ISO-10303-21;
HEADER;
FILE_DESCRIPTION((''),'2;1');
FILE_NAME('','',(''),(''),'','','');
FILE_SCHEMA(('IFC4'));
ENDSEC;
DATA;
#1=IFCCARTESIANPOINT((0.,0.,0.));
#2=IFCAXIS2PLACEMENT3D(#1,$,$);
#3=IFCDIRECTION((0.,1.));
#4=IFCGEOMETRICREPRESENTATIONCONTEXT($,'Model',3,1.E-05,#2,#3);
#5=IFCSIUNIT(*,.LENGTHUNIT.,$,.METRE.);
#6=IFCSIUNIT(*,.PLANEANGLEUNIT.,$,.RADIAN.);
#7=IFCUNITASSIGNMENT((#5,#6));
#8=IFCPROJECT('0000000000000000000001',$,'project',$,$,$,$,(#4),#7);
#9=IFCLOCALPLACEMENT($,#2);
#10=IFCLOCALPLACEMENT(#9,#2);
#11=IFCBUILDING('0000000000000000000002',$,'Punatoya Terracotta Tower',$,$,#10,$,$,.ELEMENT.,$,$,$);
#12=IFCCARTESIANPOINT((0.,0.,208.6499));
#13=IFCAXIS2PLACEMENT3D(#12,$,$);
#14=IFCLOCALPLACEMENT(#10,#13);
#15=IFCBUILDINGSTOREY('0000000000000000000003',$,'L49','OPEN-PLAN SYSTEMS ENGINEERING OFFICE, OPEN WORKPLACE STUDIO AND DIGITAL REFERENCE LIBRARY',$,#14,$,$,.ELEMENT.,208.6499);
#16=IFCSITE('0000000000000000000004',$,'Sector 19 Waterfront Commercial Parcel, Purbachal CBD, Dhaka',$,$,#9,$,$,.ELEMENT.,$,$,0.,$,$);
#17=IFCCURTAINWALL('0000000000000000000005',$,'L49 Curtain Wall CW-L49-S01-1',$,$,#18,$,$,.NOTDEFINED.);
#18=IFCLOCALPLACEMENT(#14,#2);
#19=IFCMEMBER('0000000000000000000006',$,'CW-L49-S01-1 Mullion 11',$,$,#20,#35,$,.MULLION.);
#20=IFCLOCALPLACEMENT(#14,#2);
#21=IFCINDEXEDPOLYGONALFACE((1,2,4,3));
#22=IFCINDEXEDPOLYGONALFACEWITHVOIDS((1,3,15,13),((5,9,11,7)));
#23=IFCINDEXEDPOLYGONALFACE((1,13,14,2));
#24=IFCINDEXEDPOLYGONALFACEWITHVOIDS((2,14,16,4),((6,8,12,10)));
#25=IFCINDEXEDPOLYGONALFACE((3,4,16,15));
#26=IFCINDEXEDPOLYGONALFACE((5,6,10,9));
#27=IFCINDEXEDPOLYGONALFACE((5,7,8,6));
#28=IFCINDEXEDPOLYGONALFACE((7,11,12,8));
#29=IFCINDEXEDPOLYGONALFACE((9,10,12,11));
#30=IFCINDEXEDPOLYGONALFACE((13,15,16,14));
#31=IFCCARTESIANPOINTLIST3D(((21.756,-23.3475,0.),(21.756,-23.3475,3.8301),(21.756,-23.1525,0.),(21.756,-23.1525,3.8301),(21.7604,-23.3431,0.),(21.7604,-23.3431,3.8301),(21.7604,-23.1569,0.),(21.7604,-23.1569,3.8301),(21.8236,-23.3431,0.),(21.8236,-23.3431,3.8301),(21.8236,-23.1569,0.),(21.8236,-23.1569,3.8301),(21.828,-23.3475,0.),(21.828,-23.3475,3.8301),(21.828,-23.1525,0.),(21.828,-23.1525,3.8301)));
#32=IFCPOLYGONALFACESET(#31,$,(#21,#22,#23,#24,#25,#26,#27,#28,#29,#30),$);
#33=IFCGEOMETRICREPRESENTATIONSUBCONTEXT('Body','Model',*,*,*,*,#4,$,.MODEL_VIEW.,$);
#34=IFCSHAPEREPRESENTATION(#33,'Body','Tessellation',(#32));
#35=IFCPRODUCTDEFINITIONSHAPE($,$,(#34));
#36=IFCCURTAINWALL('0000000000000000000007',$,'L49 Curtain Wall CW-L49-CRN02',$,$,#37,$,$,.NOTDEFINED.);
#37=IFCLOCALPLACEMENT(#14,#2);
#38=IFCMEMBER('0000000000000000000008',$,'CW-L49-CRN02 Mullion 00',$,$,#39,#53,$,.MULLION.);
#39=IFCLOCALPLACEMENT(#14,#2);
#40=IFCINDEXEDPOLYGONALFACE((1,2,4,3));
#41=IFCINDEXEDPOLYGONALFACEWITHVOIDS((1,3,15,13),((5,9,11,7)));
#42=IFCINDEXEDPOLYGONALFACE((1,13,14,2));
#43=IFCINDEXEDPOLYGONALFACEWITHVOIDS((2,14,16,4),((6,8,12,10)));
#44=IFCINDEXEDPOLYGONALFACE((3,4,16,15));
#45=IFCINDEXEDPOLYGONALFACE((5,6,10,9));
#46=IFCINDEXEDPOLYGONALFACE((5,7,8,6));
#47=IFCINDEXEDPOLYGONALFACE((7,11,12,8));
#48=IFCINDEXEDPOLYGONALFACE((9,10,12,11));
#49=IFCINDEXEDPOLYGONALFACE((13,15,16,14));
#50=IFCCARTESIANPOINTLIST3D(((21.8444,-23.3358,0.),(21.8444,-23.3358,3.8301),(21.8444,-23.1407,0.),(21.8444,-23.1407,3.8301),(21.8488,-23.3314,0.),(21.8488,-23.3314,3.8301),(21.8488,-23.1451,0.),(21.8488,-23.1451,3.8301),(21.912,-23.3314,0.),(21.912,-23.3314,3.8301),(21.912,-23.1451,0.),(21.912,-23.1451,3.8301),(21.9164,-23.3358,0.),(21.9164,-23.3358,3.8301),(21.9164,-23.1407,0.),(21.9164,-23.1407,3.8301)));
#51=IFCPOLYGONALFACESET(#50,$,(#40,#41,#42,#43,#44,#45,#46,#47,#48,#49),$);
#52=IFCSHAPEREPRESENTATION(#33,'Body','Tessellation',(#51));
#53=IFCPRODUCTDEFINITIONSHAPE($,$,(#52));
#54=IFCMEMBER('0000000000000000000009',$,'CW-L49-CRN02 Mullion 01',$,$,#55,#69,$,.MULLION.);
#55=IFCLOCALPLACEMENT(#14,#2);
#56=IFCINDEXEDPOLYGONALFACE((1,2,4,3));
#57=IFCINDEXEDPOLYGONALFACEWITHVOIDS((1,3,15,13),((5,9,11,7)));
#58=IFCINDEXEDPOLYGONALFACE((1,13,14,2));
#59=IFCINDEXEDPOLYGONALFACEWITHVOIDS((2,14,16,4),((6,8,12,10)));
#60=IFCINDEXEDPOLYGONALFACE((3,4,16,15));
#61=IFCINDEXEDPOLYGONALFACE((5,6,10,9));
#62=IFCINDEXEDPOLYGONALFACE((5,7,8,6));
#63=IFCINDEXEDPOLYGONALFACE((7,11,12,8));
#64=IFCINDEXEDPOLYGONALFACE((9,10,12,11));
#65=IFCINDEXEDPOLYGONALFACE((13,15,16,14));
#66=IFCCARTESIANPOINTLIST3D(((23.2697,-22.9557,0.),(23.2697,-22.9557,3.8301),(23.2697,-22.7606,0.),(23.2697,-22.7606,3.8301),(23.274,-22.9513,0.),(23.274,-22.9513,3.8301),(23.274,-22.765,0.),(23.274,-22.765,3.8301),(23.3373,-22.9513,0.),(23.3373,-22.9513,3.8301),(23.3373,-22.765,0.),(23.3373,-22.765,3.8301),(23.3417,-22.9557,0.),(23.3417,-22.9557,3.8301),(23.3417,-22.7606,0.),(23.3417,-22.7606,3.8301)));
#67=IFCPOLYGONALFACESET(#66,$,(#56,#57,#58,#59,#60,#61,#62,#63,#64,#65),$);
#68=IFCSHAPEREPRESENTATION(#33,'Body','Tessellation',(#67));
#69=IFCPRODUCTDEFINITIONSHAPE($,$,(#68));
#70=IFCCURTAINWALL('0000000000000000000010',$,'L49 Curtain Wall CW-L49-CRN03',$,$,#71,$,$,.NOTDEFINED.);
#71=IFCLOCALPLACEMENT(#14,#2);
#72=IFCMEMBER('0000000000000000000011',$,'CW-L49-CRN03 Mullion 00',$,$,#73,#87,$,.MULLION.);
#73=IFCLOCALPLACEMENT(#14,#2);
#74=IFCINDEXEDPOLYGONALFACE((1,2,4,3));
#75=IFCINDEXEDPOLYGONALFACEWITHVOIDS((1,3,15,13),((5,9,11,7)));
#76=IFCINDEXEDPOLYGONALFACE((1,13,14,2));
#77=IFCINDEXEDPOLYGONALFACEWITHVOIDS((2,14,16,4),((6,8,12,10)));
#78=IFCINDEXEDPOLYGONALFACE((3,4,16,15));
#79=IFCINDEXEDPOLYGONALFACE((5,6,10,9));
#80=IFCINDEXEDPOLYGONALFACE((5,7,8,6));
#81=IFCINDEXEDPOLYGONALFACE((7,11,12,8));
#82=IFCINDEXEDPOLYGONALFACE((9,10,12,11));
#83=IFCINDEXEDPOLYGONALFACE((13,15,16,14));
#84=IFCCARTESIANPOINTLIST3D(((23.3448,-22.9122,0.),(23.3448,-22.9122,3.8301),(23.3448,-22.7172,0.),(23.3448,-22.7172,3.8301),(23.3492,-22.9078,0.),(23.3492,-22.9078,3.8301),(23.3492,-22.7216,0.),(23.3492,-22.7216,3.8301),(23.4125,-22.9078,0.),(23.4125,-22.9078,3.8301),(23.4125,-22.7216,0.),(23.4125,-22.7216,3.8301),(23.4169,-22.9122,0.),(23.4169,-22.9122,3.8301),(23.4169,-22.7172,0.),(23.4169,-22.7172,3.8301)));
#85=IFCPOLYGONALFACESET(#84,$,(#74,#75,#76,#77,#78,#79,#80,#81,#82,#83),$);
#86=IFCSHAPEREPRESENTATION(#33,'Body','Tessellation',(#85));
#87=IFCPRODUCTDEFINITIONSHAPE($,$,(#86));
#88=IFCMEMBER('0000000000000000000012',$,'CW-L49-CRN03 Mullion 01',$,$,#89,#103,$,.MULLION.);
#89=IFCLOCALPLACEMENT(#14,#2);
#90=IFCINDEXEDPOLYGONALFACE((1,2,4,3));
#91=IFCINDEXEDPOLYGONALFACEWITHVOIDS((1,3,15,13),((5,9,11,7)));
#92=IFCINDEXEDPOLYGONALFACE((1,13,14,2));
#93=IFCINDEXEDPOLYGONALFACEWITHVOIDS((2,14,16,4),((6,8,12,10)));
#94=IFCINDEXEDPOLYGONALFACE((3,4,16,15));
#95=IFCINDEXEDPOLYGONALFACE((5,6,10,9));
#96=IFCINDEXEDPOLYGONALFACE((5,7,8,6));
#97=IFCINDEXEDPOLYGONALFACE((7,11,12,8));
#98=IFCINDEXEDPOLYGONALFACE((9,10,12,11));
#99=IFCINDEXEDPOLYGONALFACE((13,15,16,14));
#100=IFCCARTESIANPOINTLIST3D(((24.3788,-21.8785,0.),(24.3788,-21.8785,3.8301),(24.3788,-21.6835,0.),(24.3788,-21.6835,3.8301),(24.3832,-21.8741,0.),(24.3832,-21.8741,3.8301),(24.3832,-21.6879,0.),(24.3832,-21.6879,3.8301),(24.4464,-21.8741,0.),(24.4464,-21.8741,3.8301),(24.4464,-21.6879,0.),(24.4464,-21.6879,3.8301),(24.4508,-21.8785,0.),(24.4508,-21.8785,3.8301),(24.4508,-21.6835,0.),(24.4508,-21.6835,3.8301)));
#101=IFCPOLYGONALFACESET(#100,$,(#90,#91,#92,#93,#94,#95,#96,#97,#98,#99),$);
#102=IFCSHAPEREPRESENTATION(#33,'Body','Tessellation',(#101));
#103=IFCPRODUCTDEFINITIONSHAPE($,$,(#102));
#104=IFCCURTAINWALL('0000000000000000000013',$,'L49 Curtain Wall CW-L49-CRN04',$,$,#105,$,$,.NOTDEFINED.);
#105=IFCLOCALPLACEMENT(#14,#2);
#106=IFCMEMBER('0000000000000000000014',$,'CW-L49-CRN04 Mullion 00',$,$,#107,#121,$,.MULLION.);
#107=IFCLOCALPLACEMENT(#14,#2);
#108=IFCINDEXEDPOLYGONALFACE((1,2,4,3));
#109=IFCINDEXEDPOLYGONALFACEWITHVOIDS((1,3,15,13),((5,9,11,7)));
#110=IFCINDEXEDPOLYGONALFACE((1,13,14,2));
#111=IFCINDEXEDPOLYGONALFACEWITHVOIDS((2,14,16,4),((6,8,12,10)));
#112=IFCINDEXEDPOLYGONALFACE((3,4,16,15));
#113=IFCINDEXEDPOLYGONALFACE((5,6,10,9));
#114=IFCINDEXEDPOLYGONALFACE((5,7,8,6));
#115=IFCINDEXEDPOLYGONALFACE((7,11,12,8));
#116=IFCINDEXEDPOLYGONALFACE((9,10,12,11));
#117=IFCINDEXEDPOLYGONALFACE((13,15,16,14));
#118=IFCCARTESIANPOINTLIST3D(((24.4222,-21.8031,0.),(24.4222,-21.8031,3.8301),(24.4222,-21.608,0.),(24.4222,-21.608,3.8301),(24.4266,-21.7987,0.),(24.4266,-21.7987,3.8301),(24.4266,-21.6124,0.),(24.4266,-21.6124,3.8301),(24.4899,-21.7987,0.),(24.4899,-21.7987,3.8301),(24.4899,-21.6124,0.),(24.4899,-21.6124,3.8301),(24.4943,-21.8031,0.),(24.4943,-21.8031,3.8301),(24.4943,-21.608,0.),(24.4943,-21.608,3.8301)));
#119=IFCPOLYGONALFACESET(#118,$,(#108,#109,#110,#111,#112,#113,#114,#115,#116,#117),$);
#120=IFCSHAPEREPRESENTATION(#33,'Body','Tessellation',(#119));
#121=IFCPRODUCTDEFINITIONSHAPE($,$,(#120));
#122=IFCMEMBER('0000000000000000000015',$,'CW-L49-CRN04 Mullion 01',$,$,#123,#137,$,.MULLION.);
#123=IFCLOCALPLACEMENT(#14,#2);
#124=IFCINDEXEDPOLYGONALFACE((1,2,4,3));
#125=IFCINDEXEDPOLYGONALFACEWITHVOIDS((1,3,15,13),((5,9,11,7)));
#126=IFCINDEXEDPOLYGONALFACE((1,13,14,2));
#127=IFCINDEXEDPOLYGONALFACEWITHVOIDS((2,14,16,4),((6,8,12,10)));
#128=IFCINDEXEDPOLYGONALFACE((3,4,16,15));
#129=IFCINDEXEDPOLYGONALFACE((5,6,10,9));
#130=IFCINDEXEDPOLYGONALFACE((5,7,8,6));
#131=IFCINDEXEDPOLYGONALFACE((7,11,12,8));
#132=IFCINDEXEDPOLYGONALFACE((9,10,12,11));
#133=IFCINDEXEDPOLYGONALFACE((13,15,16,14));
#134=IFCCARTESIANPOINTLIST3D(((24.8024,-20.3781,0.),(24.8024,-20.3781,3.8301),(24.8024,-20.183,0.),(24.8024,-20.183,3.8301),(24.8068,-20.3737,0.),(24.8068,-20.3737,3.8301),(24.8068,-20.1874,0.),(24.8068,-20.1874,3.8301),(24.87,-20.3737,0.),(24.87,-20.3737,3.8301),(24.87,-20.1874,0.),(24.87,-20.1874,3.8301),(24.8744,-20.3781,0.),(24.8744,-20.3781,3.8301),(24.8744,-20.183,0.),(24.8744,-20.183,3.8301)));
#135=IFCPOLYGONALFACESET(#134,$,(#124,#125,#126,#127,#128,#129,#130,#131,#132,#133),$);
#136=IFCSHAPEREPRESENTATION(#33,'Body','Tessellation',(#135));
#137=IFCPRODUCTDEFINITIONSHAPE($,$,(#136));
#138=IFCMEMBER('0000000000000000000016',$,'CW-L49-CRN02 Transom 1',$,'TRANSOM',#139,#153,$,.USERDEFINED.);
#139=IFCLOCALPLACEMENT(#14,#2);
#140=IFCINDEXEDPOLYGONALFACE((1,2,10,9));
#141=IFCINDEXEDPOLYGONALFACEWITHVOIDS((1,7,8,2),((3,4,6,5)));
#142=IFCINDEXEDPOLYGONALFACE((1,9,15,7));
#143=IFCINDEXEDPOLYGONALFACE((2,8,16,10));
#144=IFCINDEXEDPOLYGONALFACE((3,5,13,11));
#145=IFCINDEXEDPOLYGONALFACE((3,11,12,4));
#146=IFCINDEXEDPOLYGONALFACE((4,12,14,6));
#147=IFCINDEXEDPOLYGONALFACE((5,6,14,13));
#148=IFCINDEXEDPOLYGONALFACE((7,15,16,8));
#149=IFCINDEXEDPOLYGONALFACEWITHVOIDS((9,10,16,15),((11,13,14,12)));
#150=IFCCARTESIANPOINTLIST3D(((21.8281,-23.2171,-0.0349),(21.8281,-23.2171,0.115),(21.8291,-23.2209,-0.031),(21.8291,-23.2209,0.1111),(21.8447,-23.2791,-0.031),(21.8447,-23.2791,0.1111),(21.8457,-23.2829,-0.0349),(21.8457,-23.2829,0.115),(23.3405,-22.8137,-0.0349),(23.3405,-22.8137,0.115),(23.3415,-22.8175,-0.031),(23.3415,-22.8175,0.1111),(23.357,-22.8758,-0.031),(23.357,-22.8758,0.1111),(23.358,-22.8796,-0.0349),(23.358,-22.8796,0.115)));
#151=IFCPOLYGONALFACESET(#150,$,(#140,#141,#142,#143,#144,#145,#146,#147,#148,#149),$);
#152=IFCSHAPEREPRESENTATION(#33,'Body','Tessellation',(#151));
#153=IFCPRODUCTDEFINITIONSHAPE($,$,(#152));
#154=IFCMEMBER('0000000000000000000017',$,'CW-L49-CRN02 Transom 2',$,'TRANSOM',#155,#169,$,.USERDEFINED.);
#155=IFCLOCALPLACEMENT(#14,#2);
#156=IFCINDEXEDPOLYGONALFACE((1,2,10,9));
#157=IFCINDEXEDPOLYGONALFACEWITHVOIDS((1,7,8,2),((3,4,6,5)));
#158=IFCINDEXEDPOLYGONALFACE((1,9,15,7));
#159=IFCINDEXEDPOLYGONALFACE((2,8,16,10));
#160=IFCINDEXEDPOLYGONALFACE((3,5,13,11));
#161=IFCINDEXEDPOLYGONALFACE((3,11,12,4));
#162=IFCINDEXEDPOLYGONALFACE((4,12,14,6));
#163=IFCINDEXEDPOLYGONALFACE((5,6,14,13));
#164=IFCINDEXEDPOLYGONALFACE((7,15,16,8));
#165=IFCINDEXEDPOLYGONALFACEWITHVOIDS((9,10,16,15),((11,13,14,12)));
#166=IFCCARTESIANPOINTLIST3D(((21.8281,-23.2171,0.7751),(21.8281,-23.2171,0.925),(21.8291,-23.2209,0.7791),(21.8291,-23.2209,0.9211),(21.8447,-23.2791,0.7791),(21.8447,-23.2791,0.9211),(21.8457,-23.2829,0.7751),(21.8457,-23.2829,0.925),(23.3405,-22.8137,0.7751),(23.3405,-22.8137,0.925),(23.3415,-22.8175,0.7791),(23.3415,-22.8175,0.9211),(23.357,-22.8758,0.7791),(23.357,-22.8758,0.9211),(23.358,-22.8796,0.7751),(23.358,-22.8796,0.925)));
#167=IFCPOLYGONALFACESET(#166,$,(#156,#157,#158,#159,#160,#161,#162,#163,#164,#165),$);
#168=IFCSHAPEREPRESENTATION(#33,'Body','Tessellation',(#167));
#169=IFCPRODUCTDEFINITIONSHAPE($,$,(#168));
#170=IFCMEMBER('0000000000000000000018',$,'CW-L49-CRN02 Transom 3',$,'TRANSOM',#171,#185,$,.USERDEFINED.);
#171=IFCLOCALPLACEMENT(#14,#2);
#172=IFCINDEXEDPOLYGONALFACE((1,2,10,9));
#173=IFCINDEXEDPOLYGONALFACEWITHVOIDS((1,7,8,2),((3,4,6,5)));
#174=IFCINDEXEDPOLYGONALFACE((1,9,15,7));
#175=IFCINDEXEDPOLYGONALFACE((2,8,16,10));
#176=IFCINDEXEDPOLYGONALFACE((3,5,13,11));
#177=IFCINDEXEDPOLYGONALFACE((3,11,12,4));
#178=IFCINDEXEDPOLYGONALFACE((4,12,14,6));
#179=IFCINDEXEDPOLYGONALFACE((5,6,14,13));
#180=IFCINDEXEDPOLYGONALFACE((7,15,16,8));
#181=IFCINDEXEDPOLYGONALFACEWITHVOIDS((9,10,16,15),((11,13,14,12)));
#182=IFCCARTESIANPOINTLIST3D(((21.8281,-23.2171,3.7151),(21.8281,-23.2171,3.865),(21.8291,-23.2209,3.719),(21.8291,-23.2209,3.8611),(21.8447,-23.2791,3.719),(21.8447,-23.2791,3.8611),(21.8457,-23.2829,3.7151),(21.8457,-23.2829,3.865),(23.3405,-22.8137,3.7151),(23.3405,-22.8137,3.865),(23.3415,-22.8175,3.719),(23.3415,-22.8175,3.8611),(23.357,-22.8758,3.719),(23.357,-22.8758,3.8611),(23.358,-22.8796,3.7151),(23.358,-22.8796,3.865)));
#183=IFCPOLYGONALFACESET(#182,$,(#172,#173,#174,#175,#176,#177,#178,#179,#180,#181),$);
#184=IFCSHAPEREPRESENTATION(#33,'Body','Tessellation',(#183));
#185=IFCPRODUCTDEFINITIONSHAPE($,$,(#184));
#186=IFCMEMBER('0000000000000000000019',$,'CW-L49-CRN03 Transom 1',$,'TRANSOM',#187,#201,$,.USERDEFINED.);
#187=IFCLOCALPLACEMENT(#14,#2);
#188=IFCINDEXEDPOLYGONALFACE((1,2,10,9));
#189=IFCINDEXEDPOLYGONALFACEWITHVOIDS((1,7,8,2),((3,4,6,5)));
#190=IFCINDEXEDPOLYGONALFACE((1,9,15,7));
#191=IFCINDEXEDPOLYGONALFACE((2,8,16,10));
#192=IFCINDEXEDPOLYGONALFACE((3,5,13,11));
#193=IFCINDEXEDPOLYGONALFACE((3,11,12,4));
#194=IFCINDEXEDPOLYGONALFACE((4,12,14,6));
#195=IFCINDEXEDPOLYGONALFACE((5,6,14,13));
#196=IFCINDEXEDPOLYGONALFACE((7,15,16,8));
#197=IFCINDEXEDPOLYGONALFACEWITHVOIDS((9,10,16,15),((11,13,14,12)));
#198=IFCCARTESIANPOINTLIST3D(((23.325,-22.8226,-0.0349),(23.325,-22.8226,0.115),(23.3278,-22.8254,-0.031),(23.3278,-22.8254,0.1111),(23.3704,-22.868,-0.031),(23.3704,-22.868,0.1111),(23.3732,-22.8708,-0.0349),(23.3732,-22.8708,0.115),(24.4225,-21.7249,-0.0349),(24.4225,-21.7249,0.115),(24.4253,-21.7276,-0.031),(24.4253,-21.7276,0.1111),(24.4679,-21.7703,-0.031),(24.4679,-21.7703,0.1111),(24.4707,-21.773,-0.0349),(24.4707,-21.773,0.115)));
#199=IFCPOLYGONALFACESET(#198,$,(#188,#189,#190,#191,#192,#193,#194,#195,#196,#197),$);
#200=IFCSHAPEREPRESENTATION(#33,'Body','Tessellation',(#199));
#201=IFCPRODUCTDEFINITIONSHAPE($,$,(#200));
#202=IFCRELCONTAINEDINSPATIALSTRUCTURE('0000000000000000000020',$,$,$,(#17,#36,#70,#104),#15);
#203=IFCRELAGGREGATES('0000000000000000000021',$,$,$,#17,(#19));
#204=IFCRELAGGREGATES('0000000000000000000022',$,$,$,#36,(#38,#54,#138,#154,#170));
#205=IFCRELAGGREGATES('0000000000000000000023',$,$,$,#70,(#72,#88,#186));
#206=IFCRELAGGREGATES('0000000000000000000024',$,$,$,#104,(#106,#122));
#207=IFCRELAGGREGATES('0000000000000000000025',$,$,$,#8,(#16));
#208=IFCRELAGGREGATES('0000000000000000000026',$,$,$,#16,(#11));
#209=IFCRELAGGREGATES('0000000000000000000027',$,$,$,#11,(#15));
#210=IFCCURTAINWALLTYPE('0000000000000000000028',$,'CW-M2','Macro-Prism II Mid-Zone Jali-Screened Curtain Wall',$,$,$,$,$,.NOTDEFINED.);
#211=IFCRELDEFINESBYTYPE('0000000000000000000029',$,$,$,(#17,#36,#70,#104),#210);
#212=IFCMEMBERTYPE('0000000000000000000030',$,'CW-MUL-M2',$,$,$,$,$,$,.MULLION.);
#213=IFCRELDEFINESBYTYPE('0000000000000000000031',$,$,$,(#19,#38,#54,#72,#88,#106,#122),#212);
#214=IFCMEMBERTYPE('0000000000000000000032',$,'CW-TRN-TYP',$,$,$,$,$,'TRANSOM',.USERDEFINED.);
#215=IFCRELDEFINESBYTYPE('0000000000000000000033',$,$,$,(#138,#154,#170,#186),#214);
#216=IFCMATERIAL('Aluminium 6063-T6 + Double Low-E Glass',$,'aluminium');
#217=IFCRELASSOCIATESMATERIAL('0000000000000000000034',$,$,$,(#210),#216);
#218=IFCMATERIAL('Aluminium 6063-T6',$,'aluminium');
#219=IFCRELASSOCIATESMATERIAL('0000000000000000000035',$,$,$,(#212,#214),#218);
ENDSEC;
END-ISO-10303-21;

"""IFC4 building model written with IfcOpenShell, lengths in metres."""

from ifc_helpers import new_model, si_unit, direction, frame, origin, origin_2d, place, context, subcontext, project, spatial, hollow_rectangle, extrude, material, material_profile, profile_set, type_object, element, aggregate, save


model = new_model("IFC4")

# Units and contexts
model_context = context("Model", 3, precision=1e-05, world=origin(), true_north=direction((0.0, 1.0)))
body_context = subcontext(model_context, "Body", "Model", "MODEL_VIEW")
ifc_project = project(units=[si_unit("LENGTHUNIT", "METRE"), si_unit("PLANEANGLEUNIT", "RADIAN")], contexts=[model_context])

# Site, building, storey
site_placement = place(None, origin())
site = spatial("IfcSite", under=ifc_project, at=site_placement, Name="Sector 19 Waterfront Commercial Parcel, Purbachal CBD, Dhaka", CompositionType="ELEMENT", RefElevation=0.0)
building_placement = place(site_placement, origin())
building = spatial("IfcBuilding", under=site, at=building_placement, Name="Punatoya Terracotta Tower", CompositionType="ELEMENT")
storey_placement = place(building_placement, frame((0.0, 0.0, 208.6499)))
storey = spatial("IfcBuildingStorey", under=building, at=storey_placement, Name="L49", Description="OPEN-PLAN SYSTEMS ENGINEERING OFFICE, OPEN WORKPLACE STUDIO AND DIGITAL REFERENCE LIBRARY", CompositionType="ELEMENT", Elevation=208.6499)

# Curtain wall, member
ifc_material_1 = material(Name="Aluminium 6063-T6 + Double Low-E Glass", Category="aluminium")
curtain_wall_type = type_object("IfcCurtainWallType", Name="CW-M2", Description="Macro-Prism II Mid-Zone Jali-Screened Curtain Wall", PredefinedType="NOTDEFINED", material=ifc_material_1)
curtain_wall_1_placement = place(storey_placement, origin())
curtain_wall_1 = element("IfcCurtainWall", 1, at=curtain_wall_1_placement, inside=storey, type_object=curtain_wall_type, Name="L49 Curtain Wall CW-L49-S01-1", PredefinedType="NOTDEFINED")
ifc_material_2 = material(Name="Aluminium 6063-T6", Category="aluminium")
ifc_material_profile_1 = material_profile(ifc_material_2, hollow_rectangle(XDim=0.072, YDim=0.1951, WallThickness=0.0044, at=origin_2d()))
ifc_profile_set_1 = profile_set([ifc_material_profile_1], Name="Aluminium 6063-T6")
member_type_1 = type_object("IfcMemberType", Name="CW-MUL-M2", PredefinedType="MULLION", material=ifc_profile_set_1)
member_1_placement = place(storey_placement, frame((21.792, -23.25, 0.0), z_axis=(0.0, 0.0, 1.0), x_axis=(1.0, 0.0, 0.0)))
member_1 = element("IfcMember", 2, at=member_1_placement, type_object=member_type_1, Name="CW-L49-S01-1 Mullion 11", PredefinedType="MULLION", context=body_context, shape_type="SweptSolid", body=[
    extrude(hollow_rectangle(XDim=0.072, YDim=0.1951, WallThickness=0.0044, at=origin_2d()), origin(), (0.0, 0.0, 1.0), 3.8301),
])

# Curtain walls, members
curtain_wall_2_placement = place(storey_placement, origin())
curtain_wall_2 = element("IfcCurtainWall", 3, at=curtain_wall_2_placement, inside=storey, type_object=curtain_wall_type, Name="L49 Curtain Wall CW-L49-CRN02", PredefinedType="NOTDEFINED")
member_2_placement = place(storey_placement, frame((21.8804, -23.2383, 0.0), z_axis=(0.0, 0.0, 1.0), x_axis=(1.0, 0.0, 0.0)))
member_2 = element("IfcMember", 4, at=member_2_placement, type_object=member_type_1, Name="CW-L49-CRN02 Mullion 00", PredefinedType="MULLION", context=body_context, shape_type="SweptSolid", body=[
    extrude(hollow_rectangle(XDim=0.072, YDim=0.1951, WallThickness=0.0044, at=origin_2d()), origin(), (0.0, 0.0, 1.0), 3.8301),
])
member_3_placement = place(storey_placement, frame((23.3057, -22.8582, 0.0), z_axis=(0.0, 0.0, 1.0), x_axis=(1.0, 0.0, 0.0)))
member_3 = element("IfcMember", 5, at=member_3_placement, type_object=member_type_1, Name="CW-L49-CRN02 Mullion 01", PredefinedType="MULLION", context=body_context, shape_type="SweptSolid", body=[
    extrude(hollow_rectangle(XDim=0.072, YDim=0.1951, WallThickness=0.0044, at=origin_2d()), origin(), (0.0, 0.0, 1.0), 3.8301),
])
curtain_wall_3_placement = place(storey_placement, origin())
curtain_wall_3 = element("IfcCurtainWall", 6, at=curtain_wall_3_placement, inside=storey, type_object=curtain_wall_type, Name="L49 Curtain Wall CW-L49-CRN03", PredefinedType="NOTDEFINED")
member_4_placement = place(storey_placement, frame((23.3809, -22.8147, 0.0), z_axis=(0.0, 0.0, 1.0), x_axis=(1.0, 0.0, 0.0)))
member_4 = element("IfcMember", 7, at=member_4_placement, type_object=member_type_1, Name="CW-L49-CRN03 Mullion 00", PredefinedType="MULLION", context=body_context, shape_type="SweptSolid", body=[
    extrude(hollow_rectangle(XDim=0.072, YDim=0.1951, WallThickness=0.0044, at=origin_2d()), origin(), (0.0, 0.0, 1.0), 3.8301),
])
member_5_placement = place(storey_placement, frame((24.4148, -21.781, 0.0), z_axis=(0.0, 0.0, 1.0), x_axis=(1.0, 0.0, 0.0)))
member_5 = element("IfcMember", 8, at=member_5_placement, type_object=member_type_1, Name="CW-L49-CRN03 Mullion 01", PredefinedType="MULLION", context=body_context, shape_type="SweptSolid", body=[
    extrude(hollow_rectangle(XDim=0.072, YDim=0.1951, WallThickness=0.0044, at=origin_2d()), origin(), (0.0, 0.0, 1.0), 3.8301),
])
curtain_wall_4_placement = place(storey_placement, origin())
curtain_wall_4 = element("IfcCurtainWall", 9, at=curtain_wall_4_placement, inside=storey, type_object=curtain_wall_type, Name="L49 Curtain Wall CW-L49-CRN04", PredefinedType="NOTDEFINED")
member_6_placement = place(storey_placement, frame((24.4583, -21.7056, 0.0), z_axis=(0.0, 0.0, 1.0), x_axis=(1.0, 0.0, 0.0)))
member_6 = element("IfcMember", 10, at=member_6_placement, type_object=member_type_1, Name="CW-L49-CRN04 Mullion 00", PredefinedType="MULLION", context=body_context, shape_type="SweptSolid", body=[
    extrude(hollow_rectangle(XDim=0.072, YDim=0.1951, WallThickness=0.0044, at=origin_2d()), origin(), (0.0, 0.0, 1.0), 3.8301),
])
member_7_placement = place(storey_placement, frame((24.8384, -20.2805, 0.0), z_axis=(0.0, 0.0, 1.0), x_axis=(1.0, 0.0, 0.0)))
member_7 = element("IfcMember", 11, at=member_7_placement, type_object=member_type_1, Name="CW-L49-CRN04 Mullion 01", PredefinedType="MULLION", context=body_context, shape_type="SweptSolid", body=[
    extrude(hollow_rectangle(XDim=0.072, YDim=0.1951, WallThickness=0.0044, at=origin_2d()), origin(), (0.0, 0.0, 1.0), 3.8301),
])

# Members
ifc_material_profile_2 = material_profile(ifc_material_2, hollow_rectangle(XDim=0.0681, YDim=0.1499, WallThickness=0.0039, at=origin_2d()))
ifc_profile_set_2 = profile_set([ifc_material_profile_2], Name="Aluminium 6063-T6")
member_type_2 = type_object("IfcMemberType", Name="CW-TRN-TYP", ElementType="TRANSOM", PredefinedType="USERDEFINED", material=ifc_profile_set_2)
member_8_placement = place(storey_placement, frame((21.8369, -23.25, 0.04), z_axis=(0.966225, 0.257701, 0.0), x_axis=(-0.257701, 0.966225, 0.0)))
member_8 = element("IfcMember", 12, at=member_8_placement, type_object=member_type_2, Name="CW-L49-CRN02 Transom 1", ObjectType="TRANSOM", PredefinedType="USERDEFINED", context=body_context, shape_type="SweptSolid", body=[
    extrude(hollow_rectangle(XDim=0.0681, YDim=0.1499, WallThickness=0.0039, at=origin_2d()), origin(), (0.0, 0.0, 1.0), 1.5652),
])
member_9_placement = place(storey_placement, frame((21.8369, -23.25, 0.8501), z_axis=(0.966225, 0.257701, 0.0), x_axis=(-0.257701, 0.966225, 0.0)))
member_9 = element("IfcMember", 13, at=member_9_placement, type_object=member_type_2, Name="CW-L49-CRN02 Transom 2", ObjectType="TRANSOM", PredefinedType="USERDEFINED", context=body_context, shape_type="SweptSolid", body=[
    extrude(hollow_rectangle(XDim=0.0681, YDim=0.1499, WallThickness=0.0039, at=origin_2d()), origin(), (0.0, 0.0, 1.0), 1.5652),
])
member_10_placement = place(storey_placement, frame((21.8369, -23.25, 3.79), z_axis=(0.966225, 0.257701, 0.0), x_axis=(-0.257701, 0.966225, 0.0)))
member_10 = element("IfcMember", 14, at=member_10_placement, type_object=member_type_2, Name="CW-L49-CRN02 Transom 3", ObjectType="TRANSOM", PredefinedType="USERDEFINED", context=body_context, shape_type="SweptSolid", body=[
    extrude(hollow_rectangle(XDim=0.0681, YDim=0.1499, WallThickness=0.0039, at=origin_2d()), origin(), (0.0, 0.0, 1.0), 1.5652),
])
member_11_placement = place(storey_placement, frame((23.3491, -22.8467, 0.04), z_axis=(0.707028, 0.707185, 0.0), x_axis=(-0.707185, 0.707028, 0.0)))
member_11 = element("IfcMember", 15, at=member_11_placement, type_object=member_type_2, Name="CW-L49-CRN03 Transom 1", ObjectType="TRANSOM", PredefinedType="USERDEFINED", context=body_context, shape_type="SweptSolid", body=[
    extrude(hollow_rectangle(XDim=0.0681, YDim=0.1499, WallThickness=0.0039, at=origin_2d()), origin(), (0.0, 0.0, 1.0), 1.5522),
])

aggregate(curtain_wall_1, [member_1])
aggregate(curtain_wall_2, [member_2, member_3, member_8, member_9, member_10])
aggregate(curtain_wall_3, [member_4, member_5, member_11])
aggregate(curtain_wall_4, [member_6, member_7])

save(model, "model.ifc")
